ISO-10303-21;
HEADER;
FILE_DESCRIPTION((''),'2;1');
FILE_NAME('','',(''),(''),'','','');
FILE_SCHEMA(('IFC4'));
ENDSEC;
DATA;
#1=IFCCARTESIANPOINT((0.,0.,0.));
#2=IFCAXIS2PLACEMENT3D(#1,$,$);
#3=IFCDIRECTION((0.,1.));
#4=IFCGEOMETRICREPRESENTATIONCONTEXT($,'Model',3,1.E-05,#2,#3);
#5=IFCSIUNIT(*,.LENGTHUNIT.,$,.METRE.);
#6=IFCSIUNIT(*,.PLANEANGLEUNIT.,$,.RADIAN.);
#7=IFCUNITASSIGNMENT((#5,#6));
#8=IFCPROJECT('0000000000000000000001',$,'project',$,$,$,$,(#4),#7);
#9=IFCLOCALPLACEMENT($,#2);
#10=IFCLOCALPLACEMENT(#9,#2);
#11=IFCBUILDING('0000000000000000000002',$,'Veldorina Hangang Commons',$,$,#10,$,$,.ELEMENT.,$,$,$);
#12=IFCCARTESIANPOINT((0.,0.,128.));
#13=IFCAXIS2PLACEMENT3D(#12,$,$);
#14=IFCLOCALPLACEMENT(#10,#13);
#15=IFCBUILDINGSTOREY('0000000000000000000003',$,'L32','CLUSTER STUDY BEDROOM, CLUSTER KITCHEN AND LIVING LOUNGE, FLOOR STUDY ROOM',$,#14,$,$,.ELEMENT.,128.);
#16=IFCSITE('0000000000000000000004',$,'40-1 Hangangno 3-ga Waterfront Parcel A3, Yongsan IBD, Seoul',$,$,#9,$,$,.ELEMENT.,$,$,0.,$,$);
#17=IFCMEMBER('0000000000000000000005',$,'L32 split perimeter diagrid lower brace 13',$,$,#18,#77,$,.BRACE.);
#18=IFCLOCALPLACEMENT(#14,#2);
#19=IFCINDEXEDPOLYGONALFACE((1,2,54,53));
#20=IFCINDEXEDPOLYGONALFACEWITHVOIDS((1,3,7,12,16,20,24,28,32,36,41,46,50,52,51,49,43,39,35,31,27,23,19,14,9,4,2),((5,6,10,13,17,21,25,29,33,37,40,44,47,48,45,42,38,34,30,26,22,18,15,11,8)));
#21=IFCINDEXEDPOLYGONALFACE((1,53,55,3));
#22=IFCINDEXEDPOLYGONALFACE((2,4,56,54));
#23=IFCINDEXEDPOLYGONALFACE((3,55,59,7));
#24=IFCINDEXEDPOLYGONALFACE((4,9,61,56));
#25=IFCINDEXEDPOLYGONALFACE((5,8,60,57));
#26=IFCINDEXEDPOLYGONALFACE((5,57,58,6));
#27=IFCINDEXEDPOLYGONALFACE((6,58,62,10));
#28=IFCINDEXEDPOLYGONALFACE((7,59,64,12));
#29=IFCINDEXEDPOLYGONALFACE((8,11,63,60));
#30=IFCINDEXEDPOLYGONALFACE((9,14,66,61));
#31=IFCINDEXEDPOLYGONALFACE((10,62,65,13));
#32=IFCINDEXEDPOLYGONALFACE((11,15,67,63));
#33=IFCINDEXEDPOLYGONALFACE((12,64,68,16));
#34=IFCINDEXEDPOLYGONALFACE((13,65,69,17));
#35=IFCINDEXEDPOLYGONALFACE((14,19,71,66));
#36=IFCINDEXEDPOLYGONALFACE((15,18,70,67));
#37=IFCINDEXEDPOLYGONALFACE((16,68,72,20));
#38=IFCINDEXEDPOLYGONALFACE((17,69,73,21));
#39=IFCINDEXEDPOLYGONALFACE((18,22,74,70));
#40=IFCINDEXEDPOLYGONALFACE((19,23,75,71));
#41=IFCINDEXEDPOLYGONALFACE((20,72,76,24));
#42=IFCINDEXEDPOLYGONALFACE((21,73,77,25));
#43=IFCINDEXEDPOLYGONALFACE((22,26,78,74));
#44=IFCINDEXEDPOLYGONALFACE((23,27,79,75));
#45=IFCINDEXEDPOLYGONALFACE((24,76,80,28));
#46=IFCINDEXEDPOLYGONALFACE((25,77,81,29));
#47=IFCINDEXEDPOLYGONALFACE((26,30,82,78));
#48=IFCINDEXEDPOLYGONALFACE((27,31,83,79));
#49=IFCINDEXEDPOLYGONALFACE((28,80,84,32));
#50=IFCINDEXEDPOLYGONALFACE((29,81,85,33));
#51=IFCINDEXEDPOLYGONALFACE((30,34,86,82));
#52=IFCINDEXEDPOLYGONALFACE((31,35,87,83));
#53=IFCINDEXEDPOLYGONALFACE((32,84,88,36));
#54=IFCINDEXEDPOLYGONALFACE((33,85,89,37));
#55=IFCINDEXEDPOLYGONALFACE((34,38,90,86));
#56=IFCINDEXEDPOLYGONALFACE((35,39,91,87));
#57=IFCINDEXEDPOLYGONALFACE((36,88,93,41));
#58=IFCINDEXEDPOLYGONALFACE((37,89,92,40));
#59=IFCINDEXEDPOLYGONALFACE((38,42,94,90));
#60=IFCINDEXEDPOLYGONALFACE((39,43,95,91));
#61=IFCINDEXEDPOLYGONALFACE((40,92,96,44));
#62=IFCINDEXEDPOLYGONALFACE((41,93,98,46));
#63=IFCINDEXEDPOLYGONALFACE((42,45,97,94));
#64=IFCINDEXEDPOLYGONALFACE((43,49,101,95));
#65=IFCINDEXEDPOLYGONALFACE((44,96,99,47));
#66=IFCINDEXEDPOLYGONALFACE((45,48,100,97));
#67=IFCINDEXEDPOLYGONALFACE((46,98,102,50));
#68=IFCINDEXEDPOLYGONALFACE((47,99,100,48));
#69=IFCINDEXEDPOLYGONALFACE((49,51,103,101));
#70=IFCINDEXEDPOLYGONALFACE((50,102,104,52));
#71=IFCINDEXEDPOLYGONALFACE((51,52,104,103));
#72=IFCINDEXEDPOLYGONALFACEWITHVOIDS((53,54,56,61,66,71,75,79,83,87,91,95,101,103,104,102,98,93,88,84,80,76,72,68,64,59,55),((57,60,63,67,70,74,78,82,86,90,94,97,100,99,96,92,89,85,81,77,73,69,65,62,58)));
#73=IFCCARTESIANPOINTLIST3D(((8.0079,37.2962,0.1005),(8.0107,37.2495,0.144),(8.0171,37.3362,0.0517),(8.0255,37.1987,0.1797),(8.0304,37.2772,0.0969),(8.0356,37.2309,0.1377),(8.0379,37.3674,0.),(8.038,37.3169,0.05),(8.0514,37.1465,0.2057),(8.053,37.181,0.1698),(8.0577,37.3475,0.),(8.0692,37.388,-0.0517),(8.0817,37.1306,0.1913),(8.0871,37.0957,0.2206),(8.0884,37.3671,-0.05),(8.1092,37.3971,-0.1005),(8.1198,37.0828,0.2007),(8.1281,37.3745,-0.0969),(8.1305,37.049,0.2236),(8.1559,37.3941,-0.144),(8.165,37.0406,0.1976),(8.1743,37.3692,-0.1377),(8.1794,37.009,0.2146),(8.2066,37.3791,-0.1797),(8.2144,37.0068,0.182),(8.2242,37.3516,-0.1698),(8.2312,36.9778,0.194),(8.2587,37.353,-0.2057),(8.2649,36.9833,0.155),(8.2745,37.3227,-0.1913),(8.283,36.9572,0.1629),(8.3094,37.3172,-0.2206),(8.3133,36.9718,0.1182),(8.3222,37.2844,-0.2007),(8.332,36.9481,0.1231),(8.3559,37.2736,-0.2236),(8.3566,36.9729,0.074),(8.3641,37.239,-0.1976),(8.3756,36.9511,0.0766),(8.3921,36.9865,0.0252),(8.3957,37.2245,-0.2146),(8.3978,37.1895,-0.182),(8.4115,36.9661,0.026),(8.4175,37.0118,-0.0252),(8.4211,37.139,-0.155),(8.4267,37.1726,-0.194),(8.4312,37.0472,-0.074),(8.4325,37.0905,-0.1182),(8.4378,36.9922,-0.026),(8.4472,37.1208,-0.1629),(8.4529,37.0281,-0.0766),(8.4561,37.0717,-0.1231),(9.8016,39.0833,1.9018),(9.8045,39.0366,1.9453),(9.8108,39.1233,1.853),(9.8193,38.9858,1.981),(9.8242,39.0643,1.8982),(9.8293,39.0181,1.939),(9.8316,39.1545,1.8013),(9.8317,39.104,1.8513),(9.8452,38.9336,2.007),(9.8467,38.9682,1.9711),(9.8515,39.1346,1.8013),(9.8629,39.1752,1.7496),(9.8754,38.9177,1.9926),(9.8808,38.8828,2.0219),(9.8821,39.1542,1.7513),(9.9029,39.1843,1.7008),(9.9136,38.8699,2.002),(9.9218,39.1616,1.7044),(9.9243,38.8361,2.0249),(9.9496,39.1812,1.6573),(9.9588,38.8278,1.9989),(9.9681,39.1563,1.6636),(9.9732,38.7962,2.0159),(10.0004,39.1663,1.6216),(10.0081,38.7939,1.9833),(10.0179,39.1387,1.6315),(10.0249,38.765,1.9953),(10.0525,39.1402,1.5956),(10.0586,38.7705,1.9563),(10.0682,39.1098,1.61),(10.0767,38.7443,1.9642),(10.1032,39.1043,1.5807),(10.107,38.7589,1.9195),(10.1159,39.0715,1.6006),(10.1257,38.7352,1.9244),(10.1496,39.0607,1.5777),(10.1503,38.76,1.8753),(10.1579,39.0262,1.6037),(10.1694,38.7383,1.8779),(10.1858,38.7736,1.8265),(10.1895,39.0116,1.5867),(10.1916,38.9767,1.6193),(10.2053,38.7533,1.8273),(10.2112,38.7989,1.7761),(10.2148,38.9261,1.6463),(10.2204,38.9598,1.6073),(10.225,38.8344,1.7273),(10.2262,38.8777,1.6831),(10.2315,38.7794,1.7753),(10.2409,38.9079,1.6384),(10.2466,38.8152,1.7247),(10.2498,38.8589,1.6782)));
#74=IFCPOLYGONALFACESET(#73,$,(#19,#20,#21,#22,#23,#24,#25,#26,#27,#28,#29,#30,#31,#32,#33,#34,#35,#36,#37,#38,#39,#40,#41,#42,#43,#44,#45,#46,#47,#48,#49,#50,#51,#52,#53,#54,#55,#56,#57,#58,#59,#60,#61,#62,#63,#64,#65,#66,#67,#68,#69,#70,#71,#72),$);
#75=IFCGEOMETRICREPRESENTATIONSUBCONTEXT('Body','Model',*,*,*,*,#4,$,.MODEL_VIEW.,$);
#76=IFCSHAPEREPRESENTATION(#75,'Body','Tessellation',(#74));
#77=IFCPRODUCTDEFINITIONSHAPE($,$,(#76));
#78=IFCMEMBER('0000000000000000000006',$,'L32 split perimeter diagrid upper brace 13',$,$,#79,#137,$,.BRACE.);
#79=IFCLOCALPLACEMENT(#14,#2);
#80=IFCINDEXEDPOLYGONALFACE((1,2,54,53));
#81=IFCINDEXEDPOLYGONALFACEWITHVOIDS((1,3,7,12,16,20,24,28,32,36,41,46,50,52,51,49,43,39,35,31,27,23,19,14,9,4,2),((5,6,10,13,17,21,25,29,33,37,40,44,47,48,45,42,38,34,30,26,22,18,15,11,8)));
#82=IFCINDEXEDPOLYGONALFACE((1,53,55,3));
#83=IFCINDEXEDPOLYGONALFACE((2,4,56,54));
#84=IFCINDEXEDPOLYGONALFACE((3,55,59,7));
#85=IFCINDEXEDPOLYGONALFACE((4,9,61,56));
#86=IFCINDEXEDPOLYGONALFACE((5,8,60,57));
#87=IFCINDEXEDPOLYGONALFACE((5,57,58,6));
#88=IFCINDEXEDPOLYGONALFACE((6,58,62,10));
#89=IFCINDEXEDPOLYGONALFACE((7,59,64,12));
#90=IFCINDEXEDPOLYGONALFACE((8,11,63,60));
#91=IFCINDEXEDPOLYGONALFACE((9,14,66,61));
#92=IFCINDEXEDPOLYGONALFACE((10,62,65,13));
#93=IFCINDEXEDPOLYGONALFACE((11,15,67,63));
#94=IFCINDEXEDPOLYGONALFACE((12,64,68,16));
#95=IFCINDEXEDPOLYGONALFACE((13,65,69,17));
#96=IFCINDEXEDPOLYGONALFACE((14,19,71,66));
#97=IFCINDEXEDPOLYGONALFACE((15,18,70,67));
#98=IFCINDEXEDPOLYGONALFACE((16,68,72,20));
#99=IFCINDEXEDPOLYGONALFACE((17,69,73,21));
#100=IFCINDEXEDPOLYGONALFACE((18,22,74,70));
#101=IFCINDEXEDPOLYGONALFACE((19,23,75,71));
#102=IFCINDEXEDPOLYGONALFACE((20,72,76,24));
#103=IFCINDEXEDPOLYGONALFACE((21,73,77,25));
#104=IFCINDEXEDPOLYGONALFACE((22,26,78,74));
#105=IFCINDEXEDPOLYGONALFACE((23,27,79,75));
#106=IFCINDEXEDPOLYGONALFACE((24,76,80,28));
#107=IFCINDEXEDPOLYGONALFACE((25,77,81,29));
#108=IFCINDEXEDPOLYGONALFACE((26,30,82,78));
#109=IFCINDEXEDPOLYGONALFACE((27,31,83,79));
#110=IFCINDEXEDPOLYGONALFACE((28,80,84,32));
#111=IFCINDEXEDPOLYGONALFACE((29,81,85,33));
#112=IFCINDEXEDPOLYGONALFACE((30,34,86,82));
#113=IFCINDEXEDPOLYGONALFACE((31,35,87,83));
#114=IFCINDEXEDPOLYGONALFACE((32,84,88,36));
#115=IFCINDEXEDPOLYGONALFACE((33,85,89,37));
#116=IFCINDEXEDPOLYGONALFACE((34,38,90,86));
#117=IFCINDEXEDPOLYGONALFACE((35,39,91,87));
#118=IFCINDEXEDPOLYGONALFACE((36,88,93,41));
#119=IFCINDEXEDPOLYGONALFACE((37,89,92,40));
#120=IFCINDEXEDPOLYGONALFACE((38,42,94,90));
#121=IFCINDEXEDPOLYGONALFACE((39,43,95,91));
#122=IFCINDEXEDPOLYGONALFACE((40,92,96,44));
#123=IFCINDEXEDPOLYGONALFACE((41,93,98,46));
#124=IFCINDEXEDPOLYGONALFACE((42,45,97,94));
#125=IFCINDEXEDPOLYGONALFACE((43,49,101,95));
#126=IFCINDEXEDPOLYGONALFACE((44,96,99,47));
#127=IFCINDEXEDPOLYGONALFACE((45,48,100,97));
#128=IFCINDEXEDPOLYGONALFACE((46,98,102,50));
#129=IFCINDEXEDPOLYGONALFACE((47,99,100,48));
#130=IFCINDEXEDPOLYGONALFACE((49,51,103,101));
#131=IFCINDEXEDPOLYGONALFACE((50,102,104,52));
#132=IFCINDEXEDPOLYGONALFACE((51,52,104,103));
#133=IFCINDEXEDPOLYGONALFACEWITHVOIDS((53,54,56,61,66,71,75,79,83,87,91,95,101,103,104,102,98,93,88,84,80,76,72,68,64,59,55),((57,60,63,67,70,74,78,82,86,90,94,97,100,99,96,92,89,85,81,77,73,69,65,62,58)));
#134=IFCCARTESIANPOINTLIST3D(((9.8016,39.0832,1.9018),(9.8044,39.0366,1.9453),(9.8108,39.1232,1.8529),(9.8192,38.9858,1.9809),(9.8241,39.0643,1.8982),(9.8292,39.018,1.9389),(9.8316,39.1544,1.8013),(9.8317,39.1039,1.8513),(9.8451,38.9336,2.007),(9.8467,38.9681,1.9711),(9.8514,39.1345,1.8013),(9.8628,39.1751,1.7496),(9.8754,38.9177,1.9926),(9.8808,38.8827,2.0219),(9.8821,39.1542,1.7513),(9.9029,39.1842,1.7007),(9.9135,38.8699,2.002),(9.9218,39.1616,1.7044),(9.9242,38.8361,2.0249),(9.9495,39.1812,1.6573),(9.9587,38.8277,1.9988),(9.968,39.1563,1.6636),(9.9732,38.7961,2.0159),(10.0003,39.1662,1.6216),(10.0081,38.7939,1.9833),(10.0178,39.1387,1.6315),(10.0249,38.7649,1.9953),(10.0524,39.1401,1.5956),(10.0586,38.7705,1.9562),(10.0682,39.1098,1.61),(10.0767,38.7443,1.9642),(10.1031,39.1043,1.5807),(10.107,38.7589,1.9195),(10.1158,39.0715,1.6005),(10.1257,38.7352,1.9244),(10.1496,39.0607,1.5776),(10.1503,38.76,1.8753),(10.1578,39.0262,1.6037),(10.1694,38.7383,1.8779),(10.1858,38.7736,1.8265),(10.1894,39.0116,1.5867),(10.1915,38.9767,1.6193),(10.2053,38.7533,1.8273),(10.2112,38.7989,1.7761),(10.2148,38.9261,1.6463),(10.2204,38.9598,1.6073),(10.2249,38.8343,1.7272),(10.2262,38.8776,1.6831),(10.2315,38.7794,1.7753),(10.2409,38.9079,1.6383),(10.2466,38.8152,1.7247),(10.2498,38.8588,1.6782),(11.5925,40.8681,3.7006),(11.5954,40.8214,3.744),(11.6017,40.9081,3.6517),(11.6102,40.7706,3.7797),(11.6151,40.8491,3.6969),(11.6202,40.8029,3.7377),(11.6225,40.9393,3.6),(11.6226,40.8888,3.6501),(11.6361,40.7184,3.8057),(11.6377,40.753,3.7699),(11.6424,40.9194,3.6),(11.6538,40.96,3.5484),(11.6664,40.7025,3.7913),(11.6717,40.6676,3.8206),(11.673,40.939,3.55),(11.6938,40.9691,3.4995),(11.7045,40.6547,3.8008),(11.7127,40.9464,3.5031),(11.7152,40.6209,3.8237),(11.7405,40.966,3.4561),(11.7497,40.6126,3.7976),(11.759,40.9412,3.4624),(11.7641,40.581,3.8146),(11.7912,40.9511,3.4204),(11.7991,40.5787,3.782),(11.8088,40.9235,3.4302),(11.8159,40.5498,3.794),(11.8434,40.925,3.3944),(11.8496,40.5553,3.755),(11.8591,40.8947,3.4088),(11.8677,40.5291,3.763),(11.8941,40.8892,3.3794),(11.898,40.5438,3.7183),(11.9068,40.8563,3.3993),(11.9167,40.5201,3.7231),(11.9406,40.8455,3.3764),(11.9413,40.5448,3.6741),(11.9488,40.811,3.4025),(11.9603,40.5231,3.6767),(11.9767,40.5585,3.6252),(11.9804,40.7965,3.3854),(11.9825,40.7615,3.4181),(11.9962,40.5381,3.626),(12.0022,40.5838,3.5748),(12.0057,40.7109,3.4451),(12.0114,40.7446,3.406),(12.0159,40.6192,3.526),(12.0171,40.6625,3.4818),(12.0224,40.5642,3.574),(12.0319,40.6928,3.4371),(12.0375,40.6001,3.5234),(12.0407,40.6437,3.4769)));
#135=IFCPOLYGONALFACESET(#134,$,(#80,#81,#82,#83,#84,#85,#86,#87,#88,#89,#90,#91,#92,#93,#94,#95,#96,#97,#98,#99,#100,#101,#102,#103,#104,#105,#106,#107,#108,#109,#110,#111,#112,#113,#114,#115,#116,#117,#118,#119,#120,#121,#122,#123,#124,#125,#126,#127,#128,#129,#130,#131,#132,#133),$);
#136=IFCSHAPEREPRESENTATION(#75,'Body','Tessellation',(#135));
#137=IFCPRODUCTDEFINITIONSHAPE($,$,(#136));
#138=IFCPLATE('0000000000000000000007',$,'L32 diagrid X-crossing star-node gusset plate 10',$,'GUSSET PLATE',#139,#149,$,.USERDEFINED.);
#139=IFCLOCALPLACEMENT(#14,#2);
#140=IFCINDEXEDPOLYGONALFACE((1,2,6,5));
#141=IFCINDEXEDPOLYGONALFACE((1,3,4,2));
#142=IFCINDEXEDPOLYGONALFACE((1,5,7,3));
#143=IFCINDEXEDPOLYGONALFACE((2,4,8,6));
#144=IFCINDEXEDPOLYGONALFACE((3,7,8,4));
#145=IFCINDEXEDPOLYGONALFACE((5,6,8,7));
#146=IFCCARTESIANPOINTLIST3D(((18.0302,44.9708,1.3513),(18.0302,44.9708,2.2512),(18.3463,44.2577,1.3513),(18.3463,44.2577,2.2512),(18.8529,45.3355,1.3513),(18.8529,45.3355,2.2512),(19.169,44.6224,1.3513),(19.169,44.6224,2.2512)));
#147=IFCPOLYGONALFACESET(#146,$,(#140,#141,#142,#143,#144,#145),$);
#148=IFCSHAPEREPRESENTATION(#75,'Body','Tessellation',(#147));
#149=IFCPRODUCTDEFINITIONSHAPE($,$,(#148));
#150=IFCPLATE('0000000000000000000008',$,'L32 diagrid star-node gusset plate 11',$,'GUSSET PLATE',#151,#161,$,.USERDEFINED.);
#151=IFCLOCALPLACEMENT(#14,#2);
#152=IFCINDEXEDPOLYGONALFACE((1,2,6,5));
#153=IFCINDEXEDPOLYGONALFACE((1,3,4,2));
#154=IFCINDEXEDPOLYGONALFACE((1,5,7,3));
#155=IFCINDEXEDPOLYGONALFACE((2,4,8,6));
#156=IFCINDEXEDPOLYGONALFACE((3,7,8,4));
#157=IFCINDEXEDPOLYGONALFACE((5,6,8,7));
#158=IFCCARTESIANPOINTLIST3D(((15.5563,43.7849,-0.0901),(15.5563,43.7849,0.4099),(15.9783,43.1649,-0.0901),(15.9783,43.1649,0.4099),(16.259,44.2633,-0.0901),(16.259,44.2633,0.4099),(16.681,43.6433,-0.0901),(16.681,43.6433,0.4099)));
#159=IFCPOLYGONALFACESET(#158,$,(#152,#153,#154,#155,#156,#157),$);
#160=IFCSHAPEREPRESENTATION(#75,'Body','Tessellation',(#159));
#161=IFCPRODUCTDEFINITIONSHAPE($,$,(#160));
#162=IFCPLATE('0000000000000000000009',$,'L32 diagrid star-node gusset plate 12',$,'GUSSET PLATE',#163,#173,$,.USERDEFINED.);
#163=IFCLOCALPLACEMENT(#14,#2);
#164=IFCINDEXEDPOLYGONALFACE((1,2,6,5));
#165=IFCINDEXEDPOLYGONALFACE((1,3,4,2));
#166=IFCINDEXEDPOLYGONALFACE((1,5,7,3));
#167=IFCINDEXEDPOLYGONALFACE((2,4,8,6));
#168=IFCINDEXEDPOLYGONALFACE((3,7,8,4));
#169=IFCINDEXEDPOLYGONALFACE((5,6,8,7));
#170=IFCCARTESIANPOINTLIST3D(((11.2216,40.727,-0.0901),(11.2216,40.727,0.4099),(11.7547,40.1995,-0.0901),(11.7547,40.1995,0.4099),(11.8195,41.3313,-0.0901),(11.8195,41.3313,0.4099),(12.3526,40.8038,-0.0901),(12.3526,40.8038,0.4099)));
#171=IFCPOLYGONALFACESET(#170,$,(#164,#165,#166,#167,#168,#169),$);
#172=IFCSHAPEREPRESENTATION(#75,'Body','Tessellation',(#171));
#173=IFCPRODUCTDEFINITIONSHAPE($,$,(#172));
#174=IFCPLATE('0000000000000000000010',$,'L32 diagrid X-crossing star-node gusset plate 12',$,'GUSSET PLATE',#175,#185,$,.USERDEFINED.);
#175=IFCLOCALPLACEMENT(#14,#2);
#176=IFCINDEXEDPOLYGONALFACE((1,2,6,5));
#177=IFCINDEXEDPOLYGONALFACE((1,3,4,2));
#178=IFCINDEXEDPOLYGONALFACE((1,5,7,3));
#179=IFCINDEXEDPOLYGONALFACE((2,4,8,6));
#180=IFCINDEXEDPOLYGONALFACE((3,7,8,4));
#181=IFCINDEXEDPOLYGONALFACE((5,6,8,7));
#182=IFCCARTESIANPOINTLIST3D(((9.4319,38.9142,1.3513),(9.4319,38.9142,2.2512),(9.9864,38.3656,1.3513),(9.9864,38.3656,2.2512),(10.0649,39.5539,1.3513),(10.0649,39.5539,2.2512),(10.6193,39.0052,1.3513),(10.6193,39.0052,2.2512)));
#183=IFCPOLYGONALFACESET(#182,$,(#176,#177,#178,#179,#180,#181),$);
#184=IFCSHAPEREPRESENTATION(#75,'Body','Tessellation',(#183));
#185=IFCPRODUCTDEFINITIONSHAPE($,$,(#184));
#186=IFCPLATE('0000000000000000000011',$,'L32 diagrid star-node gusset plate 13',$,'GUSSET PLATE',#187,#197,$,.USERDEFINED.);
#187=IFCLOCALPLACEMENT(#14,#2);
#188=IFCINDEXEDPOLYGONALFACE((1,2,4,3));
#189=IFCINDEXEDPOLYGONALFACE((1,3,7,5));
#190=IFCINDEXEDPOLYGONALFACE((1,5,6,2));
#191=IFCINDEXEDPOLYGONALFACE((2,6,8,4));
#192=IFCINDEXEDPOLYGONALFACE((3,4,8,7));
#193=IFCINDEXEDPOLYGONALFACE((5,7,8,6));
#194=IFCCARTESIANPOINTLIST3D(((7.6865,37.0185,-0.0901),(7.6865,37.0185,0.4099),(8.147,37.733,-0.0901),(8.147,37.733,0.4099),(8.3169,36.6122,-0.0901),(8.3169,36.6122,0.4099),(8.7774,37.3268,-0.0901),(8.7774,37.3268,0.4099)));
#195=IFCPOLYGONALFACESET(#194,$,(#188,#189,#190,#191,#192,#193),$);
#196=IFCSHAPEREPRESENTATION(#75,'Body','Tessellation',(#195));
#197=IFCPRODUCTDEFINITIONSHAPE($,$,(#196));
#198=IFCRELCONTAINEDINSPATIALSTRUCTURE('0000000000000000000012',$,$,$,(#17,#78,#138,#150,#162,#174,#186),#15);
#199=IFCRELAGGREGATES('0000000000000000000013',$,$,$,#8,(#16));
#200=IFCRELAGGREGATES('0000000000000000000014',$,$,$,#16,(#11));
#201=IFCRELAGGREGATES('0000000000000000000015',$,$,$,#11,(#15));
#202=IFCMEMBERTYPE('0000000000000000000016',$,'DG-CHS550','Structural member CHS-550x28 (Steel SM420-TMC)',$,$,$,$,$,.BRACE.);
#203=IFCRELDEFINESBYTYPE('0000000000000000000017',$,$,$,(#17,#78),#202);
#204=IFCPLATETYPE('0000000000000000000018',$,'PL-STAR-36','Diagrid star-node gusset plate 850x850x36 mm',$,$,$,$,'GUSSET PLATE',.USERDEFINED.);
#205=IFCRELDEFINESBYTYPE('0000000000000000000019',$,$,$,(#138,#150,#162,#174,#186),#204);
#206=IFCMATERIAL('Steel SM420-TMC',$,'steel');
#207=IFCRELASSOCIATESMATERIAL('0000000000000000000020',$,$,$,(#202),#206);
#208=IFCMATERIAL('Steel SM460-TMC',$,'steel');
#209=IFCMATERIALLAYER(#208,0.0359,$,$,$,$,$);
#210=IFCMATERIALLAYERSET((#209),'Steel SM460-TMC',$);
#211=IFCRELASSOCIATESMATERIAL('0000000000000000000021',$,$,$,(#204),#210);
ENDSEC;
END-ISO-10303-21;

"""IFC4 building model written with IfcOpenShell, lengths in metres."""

from ifc_helpers import new_model, si_unit, direction, frame, origin, origin_2d, place, context, subcontext, project, spatial, rectangle, hollow_circle, extrude, material, layer, layer_set, material_profile, profile_set, type_object, element, save


model = new_model("IFC4")

# Units and contexts
model_context = context("Model", 3, precision=1e-05, world=origin(), true_north=direction((0.0, 1.0)))
body_context = subcontext(model_context, "Body", "Model", "MODEL_VIEW")
ifc_project = project(units=[si_unit("LENGTHUNIT", "METRE"), si_unit("PLANEANGLEUNIT", "RADIAN")], contexts=[model_context])

# Site, building, storey
site_placement = place(None, origin())
site = spatial("IfcSite", under=ifc_project, at=site_placement, Name="40-1 Hangangno 3-ga Waterfront Parcel A3, Yongsan IBD, Seoul", CompositionType="ELEMENT", RefElevation=0.0)
building_placement = place(site_placement, origin())
building = spatial("IfcBuilding", under=site, at=building_placement, Name="Veldorina Hangang Commons", CompositionType="ELEMENT")
storey_placement = place(building_placement, frame((0.0, 0.0, 128.0)))
storey = spatial("IfcBuildingStorey", under=building, at=storey_placement, Name="L32", Description="CLUSTER STUDY BEDROOM, CLUSTER KITCHEN AND LIVING LOUNGE, FLOOR STUDY ROOM", CompositionType="ELEMENT", Elevation=128.0)

# Shared definitions
ifc_material_1 = material(Name="Steel SM420-TMC", Category="steel")

# Members
ifc_material_profile_1 = material_profile(ifc_material_1, hollow_circle(Radius=0.2749, WallThickness=0.0281, at=origin_2d()), Name="CHS-550x28")
ifc_profile_set_1 = profile_set([ifc_material_profile_1], Name="Steel SM420-TMC")
member_type = type_object("IfcMemberType", Name="DG-CHS550", Description="Structural member CHS-550x28 (Steel SM420-TMC)", PredefinedType="BRACE", material=ifc_profile_set_1)
member_1_placement = place(storey_placement, frame((8.2319, 37.1726, 0.0), z_axis=(0.577243, 0.575121, 0.579678), x_axis=(-0.705804, 0.708407, 0.0)))
element("IfcMember", 1, at=member_1_placement, inside=storey, type_object=member_type, Name="L32 split perimeter diagrid lower brace 13", PredefinedType="BRACE", context=body_context, shape_type="SweptSolid", body=[
    extrude(hollow_circle(Radius=0.2749, WallThickness=0.0281, at=origin_2d()), origin(), (0.0, 0.0, 1.0), 3.1074),
])
member_2_placement = place(storey_placement, frame((10.0256, 38.9597, 1.8013), z_axis=(0.577164, 0.575197, 0.579681), x_axis=(-0.705899, 0.708313, 0.0)))
element("IfcMember", 2, at=member_2_placement, inside=storey, type_object=member_type, Name="L32 split perimeter diagrid upper brace 13", PredefinedType="BRACE", context=body_context, shape_type="SweptSolid", body=[
    extrude(hollow_circle(Radius=0.2749, WallThickness=0.0281, at=origin_2d()), origin(), (0.0, 0.0, 1.0), 3.103),
])

# Plates
ifc_material_2 = material(Name="Steel SM460-TMC", Category="steel")
ifc_layer_1 = layer(ifc_material_2, 0.0359)
ifc_layer_set_1 = layer_set([ifc_layer_1], Name="Steel SM460-TMC")
plate_type = type_object("IfcPlateType", Name="PL-STAR-36", Description="Diagrid star-node gusset plate 850x850x36 mm", ElementType="GUSSET PLATE", PredefinedType="USERDEFINED", material=ifc_layer_set_1)
plate_1_placement = place(storey_placement, frame((18.5996, 44.7966, 1.3513), z_axis=(0.0, 0.0, 1.0), x_axis=(-0.91419, -0.405285, 0.0)))
element("IfcPlate", 3, at=plate_1_placement, inside=storey, type_object=plate_type, Name="L32 diagrid X-crossing star-node gusset plate 10", ObjectType="GUSSET PLATE", PredefinedType="USERDEFINED", context=body_context, shape_type="SweptSolid", body=[
    extrude(rectangle(XDim=0.8999, YDim=0.78, at=origin_2d()), origin(), (0.0, 0.0, 1.0), 0.8999),
])
for number, where, z_axis, x_axis, name in (
    (4, (16.1187, 43.7141, -0.0901), (0.0, 0.0, 1.0), (-0.826649, -0.562718, 0.0), "L32 diagrid star-node gusset plate 11"),
    (5, (11.7871, 40.7654, -0.0901), (0.0, 0.0, 1.0), (-0.703345, -0.710849, 0.0), "L32 diagrid star-node gusset plate 12"),
):
    element("IfcPlate", number, at=place(storey_placement, frame(where, z_axis=z_axis, x_axis=x_axis)), inside=storey, type_object=plate_type, Name=name, ObjectType="GUSSET PLATE", PredefinedType="USERDEFINED", context=body_context, shape_type="SweptSolid", body=[
        extrude(rectangle(XDim=0.8501, YDim=0.75, at=origin_2d()), origin(), (0.0, 0.0, 1.0), 0.5),
    ])
plate_2_placement = place(storey_placement, frame((10.0256, 38.9597, 1.3513), z_axis=(0.0, 0.0, 1.0), x_axis=(-0.703345, -0.710849, 0.0)))
element("IfcPlate", 6, at=plate_2_placement, inside=storey, type_object=plate_type, Name="L32 diagrid X-crossing star-node gusset plate 12", ObjectType="GUSSET PLATE", PredefinedType="USERDEFINED", context=body_context, shape_type="SweptSolid", body=[
    extrude(rectangle(XDim=0.8999, YDim=0.78, at=origin_2d()), origin(), (0.0, 0.0, 1.0), 0.8999),
])
plate_3_placement = place(storey_placement, frame((8.2319, 37.1726, -0.0901), z_axis=(0.0, 0.0, 1.0), x_axis=(-0.541694, -0.840576, 0.0)))
element("IfcPlate", 7, at=plate_3_placement, inside=storey, type_object=plate_type, Name="L32 diagrid star-node gusset plate 13", ObjectType="GUSSET PLATE", PredefinedType="USERDEFINED", context=body_context, shape_type="SweptSolid", body=[
    extrude(rectangle(XDim=0.8501, YDim=0.75, at=origin_2d()), origin(), (0.0, 0.0, 1.0), 0.5),
])

save(model, "model.ifc")
